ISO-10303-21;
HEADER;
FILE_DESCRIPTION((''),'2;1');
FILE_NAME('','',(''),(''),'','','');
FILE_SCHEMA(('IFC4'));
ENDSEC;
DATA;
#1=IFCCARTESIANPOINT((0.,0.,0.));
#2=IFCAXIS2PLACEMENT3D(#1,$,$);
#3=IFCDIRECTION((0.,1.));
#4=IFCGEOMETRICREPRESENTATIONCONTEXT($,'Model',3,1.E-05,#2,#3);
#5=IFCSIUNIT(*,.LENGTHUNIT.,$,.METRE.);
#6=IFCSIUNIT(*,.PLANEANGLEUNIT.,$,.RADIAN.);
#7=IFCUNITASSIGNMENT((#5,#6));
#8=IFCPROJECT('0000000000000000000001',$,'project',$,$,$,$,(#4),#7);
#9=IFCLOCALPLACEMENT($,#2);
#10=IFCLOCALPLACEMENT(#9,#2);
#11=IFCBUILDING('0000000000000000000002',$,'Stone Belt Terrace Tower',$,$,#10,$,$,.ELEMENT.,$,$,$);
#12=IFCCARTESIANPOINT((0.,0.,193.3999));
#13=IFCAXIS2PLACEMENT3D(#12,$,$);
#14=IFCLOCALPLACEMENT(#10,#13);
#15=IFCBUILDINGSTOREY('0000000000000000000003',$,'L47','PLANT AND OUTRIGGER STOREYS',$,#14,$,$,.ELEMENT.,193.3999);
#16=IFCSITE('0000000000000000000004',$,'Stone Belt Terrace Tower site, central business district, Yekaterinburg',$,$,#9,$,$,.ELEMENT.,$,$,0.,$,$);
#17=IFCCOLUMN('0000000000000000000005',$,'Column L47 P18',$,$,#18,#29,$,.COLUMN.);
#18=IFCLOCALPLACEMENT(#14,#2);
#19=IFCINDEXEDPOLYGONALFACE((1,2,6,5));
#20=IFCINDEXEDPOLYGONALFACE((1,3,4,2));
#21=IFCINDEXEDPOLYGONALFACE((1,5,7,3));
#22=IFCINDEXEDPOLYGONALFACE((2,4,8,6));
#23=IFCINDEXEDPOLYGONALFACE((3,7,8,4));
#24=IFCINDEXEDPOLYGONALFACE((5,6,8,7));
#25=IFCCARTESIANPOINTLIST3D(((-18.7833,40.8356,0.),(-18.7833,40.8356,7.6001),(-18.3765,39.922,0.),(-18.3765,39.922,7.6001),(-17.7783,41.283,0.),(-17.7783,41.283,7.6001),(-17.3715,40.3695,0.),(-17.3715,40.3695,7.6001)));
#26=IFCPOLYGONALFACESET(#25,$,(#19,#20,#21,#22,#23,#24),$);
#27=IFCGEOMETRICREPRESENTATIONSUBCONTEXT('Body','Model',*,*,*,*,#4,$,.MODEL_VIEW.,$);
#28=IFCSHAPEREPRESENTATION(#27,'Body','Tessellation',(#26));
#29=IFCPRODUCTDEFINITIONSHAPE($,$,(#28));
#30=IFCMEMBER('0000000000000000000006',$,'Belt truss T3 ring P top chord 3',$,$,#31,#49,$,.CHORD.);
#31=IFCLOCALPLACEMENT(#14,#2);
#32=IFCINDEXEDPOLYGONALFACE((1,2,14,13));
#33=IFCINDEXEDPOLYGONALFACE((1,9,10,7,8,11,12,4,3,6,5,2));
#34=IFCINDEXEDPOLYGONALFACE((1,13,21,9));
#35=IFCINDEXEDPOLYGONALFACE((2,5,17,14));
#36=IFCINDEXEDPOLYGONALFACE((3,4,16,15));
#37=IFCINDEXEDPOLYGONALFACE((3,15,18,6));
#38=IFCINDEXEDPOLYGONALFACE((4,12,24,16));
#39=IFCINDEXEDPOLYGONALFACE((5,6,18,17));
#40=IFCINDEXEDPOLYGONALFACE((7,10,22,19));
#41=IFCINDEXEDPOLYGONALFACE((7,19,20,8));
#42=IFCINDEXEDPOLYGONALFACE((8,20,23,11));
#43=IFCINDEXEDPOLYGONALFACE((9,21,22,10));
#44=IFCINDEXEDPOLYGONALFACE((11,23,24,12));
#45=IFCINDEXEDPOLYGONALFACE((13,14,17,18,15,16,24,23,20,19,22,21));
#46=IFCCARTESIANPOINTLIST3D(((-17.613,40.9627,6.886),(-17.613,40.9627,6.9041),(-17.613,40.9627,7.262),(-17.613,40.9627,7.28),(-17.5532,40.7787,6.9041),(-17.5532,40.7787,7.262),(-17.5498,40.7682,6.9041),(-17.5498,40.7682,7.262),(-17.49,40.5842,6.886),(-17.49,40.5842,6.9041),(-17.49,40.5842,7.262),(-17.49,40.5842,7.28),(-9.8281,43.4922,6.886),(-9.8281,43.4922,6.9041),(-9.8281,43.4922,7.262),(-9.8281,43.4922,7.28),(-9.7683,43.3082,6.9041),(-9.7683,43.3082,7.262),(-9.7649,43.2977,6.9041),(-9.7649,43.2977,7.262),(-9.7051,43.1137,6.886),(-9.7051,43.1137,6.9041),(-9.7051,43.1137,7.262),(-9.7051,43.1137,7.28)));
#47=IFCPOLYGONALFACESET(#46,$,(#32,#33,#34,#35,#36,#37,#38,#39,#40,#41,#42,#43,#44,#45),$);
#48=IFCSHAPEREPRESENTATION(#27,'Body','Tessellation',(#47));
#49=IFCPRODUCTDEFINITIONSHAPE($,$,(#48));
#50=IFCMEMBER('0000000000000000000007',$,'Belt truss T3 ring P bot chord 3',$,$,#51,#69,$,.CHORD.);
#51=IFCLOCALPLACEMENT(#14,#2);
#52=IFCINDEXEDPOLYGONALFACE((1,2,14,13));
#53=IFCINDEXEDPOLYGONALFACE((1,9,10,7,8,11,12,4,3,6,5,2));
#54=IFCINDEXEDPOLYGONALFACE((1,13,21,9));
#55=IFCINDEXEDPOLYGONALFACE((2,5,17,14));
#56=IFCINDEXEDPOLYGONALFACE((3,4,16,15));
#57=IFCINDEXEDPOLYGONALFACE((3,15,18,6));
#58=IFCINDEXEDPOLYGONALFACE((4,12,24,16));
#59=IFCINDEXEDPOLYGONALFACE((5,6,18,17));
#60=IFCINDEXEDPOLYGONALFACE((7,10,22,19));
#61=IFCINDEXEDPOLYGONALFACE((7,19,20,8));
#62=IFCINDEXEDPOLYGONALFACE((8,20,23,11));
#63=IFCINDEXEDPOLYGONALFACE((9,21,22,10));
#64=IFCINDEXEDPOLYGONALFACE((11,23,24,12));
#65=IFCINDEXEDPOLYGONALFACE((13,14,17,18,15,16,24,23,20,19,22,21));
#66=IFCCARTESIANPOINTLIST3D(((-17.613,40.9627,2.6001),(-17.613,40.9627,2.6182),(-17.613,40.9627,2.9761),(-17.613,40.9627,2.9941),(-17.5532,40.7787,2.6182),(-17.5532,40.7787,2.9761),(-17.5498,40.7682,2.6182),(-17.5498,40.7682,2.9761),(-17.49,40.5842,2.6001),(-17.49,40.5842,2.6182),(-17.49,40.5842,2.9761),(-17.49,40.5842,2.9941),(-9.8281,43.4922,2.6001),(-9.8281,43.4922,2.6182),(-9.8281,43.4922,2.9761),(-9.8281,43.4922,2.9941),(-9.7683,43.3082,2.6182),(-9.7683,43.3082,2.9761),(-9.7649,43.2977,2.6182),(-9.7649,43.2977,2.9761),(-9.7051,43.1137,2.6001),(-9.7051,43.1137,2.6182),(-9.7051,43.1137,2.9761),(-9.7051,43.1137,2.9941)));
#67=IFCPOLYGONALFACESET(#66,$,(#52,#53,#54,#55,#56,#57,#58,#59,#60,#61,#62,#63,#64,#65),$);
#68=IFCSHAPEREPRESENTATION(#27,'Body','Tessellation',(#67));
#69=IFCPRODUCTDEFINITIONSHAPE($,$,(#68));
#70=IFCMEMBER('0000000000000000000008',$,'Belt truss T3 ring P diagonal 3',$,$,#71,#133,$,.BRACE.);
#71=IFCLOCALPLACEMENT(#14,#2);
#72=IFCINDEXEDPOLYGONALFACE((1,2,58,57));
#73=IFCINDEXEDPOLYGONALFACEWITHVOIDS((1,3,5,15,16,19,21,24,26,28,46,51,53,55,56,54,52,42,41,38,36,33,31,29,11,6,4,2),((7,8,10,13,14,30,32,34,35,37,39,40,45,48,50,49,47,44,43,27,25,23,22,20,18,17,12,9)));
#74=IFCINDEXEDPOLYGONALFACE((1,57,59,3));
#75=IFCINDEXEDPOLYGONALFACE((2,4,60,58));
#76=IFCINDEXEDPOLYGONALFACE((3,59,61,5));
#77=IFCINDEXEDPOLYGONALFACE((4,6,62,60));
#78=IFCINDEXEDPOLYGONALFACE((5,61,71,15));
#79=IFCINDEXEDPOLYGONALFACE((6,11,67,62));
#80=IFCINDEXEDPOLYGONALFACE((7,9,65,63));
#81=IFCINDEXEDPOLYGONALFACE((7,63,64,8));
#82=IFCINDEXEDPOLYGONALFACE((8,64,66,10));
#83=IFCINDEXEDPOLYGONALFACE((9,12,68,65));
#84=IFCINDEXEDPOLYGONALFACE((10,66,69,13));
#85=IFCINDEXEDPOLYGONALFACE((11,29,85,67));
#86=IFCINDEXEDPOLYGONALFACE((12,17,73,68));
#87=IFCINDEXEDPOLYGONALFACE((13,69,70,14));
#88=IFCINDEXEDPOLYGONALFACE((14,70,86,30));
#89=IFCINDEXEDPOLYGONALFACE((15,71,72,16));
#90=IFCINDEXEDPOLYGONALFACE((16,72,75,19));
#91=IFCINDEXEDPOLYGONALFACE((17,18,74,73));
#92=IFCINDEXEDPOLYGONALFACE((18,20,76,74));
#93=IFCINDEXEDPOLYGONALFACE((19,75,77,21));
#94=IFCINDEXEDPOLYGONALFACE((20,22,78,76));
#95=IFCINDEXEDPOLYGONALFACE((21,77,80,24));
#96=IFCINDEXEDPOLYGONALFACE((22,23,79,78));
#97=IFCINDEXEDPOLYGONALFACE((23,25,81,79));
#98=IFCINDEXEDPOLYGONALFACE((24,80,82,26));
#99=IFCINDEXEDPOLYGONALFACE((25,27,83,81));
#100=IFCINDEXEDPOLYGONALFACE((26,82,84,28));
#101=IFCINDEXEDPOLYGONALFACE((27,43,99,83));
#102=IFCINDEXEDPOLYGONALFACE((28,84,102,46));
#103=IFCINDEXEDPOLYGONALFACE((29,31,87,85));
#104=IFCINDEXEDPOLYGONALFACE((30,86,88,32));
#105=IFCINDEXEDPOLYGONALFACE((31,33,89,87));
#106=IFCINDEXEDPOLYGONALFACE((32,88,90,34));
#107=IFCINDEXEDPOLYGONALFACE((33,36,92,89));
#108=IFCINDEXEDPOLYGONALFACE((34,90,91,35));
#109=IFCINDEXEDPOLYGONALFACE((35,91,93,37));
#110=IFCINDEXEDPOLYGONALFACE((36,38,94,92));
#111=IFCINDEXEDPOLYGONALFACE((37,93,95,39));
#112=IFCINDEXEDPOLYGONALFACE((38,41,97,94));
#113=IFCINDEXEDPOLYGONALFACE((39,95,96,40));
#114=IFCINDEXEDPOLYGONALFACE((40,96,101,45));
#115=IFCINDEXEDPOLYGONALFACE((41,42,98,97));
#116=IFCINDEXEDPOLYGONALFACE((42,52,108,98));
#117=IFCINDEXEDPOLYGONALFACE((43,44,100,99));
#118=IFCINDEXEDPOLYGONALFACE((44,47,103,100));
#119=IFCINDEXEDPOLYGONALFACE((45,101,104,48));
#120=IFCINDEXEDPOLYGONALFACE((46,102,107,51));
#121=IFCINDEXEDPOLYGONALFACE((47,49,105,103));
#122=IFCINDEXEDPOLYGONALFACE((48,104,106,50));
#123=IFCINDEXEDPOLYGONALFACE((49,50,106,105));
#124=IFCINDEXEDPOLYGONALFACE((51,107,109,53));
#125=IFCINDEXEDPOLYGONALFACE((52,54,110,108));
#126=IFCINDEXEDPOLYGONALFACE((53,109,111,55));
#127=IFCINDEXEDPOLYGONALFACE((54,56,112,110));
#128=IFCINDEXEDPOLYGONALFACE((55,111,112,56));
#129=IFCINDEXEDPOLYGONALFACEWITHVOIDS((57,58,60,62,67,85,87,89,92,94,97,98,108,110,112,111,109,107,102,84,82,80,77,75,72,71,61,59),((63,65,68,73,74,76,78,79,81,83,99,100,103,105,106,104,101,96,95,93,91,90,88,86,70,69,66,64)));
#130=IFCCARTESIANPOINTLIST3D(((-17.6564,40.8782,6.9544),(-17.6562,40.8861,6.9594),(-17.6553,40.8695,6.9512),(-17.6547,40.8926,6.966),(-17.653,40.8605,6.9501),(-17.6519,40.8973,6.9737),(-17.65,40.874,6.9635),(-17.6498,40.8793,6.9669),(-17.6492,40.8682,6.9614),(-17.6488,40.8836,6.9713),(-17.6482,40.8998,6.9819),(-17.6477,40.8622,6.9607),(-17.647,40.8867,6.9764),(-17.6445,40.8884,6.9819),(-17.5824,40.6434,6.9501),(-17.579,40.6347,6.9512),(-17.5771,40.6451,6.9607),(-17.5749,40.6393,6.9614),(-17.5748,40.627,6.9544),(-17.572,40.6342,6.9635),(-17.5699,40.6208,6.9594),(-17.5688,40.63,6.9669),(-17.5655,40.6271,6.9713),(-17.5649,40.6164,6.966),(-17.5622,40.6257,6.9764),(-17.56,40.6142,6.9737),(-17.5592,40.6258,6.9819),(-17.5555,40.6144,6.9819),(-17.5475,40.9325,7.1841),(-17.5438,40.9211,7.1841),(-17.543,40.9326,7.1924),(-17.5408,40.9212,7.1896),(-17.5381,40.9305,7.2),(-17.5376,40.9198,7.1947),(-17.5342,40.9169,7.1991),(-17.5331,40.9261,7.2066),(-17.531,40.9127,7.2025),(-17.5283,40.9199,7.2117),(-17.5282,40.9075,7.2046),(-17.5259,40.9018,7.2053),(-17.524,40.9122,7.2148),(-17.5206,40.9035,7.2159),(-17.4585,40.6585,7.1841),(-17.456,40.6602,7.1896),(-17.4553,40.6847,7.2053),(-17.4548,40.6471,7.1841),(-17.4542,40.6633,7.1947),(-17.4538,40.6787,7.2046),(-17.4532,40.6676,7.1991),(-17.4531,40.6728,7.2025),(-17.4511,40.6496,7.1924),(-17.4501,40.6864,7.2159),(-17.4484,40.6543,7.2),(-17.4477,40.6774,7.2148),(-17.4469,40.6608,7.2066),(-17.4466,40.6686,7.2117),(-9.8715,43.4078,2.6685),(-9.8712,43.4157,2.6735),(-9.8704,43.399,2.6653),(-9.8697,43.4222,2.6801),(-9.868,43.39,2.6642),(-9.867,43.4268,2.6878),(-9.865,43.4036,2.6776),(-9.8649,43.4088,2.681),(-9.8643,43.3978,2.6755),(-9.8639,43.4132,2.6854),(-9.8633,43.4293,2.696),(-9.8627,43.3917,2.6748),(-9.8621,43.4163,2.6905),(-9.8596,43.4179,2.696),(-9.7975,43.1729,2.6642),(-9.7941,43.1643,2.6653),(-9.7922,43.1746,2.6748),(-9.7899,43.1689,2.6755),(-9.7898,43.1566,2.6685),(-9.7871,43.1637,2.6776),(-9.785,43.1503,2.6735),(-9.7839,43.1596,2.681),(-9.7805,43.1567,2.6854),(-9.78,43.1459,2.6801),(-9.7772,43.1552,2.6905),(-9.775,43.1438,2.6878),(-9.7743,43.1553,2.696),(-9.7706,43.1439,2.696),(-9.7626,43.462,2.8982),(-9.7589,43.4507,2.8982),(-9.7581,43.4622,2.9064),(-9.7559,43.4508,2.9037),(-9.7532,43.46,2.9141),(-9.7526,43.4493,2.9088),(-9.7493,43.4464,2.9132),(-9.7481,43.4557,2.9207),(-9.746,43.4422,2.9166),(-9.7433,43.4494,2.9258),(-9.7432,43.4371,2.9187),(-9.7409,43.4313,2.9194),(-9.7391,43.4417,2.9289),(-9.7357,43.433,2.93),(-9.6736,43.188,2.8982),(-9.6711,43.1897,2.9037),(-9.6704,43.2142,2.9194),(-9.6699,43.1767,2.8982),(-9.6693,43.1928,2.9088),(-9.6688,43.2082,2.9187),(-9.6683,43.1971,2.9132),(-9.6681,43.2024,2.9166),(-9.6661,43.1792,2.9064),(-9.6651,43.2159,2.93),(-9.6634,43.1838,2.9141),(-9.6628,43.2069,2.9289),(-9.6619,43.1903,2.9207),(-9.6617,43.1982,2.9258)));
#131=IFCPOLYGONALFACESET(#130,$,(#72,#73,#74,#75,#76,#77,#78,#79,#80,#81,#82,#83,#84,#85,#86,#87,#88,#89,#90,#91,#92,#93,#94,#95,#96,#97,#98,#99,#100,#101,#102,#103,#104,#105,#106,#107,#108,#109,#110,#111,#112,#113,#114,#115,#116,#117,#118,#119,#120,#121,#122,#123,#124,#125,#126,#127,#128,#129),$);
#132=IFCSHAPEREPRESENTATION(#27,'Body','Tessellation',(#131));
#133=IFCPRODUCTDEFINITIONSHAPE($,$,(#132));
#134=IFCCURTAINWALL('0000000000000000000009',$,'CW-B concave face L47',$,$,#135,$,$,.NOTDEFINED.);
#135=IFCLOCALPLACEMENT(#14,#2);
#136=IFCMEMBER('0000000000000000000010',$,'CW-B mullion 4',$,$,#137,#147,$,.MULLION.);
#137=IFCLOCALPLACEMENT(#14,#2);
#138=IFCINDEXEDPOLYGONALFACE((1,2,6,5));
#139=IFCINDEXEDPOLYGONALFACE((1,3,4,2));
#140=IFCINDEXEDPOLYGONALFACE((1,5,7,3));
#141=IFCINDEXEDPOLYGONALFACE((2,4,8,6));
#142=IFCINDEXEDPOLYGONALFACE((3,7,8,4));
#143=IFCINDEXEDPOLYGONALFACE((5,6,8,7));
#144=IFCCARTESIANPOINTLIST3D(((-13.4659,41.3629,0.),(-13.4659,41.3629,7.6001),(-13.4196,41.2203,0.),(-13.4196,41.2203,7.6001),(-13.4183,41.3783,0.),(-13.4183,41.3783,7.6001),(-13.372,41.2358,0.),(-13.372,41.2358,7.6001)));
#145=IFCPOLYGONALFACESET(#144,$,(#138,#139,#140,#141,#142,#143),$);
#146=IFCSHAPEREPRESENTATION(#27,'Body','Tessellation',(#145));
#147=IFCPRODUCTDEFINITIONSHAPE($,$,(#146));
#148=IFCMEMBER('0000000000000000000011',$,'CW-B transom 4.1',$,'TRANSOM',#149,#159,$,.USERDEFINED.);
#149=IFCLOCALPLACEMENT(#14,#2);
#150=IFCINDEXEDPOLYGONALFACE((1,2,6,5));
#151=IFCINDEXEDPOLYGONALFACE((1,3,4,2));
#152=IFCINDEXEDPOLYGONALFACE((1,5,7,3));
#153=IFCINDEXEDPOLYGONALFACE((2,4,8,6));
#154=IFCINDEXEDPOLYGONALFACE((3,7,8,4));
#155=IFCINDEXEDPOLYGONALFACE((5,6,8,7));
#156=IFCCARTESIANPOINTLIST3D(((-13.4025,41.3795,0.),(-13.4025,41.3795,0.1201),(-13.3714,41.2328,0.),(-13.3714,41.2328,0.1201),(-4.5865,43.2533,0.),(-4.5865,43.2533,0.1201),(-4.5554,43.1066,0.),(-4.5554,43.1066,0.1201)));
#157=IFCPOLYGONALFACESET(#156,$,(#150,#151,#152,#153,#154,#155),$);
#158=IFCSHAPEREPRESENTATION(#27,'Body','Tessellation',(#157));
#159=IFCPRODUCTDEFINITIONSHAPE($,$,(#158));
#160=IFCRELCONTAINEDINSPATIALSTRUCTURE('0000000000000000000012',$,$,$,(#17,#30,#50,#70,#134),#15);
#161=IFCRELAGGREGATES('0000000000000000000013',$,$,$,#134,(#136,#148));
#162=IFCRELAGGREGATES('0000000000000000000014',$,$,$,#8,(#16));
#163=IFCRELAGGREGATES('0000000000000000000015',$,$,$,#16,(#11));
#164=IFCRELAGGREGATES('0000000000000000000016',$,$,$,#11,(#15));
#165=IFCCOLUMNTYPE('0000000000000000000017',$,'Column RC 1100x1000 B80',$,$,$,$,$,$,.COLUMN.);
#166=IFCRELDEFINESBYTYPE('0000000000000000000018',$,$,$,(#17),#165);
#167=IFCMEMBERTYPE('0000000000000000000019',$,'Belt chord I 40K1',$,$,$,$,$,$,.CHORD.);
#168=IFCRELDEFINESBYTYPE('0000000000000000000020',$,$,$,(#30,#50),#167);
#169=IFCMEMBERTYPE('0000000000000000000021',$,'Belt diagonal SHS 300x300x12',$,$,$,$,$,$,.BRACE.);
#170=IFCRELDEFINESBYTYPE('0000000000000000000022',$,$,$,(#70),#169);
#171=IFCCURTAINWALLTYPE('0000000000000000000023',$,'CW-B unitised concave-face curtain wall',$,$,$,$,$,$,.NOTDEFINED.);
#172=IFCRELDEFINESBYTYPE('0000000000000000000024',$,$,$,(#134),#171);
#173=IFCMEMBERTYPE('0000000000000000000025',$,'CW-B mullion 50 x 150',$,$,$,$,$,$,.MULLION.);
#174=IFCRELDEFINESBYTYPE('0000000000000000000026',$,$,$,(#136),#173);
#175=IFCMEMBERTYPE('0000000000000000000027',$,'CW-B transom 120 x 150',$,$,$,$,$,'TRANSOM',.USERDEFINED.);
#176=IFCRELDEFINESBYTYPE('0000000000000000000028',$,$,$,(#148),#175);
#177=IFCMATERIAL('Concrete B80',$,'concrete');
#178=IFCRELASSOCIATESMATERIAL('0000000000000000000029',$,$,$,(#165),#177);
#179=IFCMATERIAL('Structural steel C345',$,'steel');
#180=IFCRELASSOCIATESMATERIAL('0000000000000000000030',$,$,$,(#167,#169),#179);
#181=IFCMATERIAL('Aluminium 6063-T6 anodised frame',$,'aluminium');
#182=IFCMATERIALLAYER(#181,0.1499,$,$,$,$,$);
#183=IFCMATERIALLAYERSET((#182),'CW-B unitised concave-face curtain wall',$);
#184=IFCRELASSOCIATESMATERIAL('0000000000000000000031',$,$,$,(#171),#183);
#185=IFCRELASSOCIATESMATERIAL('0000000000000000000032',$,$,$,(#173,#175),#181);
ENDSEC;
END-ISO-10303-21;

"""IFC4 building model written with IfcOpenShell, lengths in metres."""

from ifc_helpers import new_model, si_unit, direction, frame, origin, origin_2d, place, context, subcontext, project, spatial, rectangle, hollow_rectangle, i_section, extrude, material, layer, layer_set, material_profile, profile_set, type_object, element, aggregate, save


model = new_model("IFC4")

# Units and contexts
model_context = context("Model", 3, precision=1e-05, world=origin(), true_north=direction((0.0, 1.0)))
body_context = subcontext(model_context, "Body", "Model", "MODEL_VIEW")
ifc_project = project(units=[si_unit("LENGTHUNIT", "METRE"), si_unit("PLANEANGLEUNIT", "RADIAN")], contexts=[model_context])

# Site, building, storey
site_placement = place(None, origin())
site = spatial("IfcSite", under=ifc_project, at=site_placement, Name="Stone Belt Terrace Tower site, central business district, Yekaterinburg", CompositionType="ELEMENT", RefElevation=0.0)
building_placement = place(site_placement, origin())
building = spatial("IfcBuilding", under=site, at=building_placement, Name="Stone Belt Terrace Tower", CompositionType="ELEMENT")
storey_placement = place(building_placement, frame((0.0, 0.0, 193.3999)))
storey = spatial("IfcBuildingStorey", under=building, at=storey_placement, Name="L47", Description="PLANT AND OUTRIGGER STOREYS", CompositionType="ELEMENT", Elevation=193.3999)

# Column
ifc_material_1 = material(Name="Concrete B80", Category="concrete")
ifc_material_profile_1 = material_profile(ifc_material_1, rectangle(XDim=1.1001, YDim=1.0, at=origin_2d()), Name="RC 1100x1000")
ifc_profile_set_1 = profile_set([ifc_material_profile_1], Name="Concrete B80")
column_type = type_object("IfcColumnType", Name="Column RC 1100x1000 B80", PredefinedType="COLUMN", material=ifc_profile_set_1)
column_placement = place(storey_placement, frame((-18.0774, 40.6025, 0.0), z_axis=(0.0, 0.0, 1.0), x_axis=(0.913545, 0.406737, 0.0)))
element("IfcColumn", 1, at=column_placement, inside=storey, type_object=column_type, Name="Column L47 P18", PredefinedType="COLUMN", context=body_context, shape_type="SweptSolid", body=[
    extrude(rectangle(XDim=1.1001, YDim=1.0, at=origin_2d()), origin(), (0.0, 0.0, 1.0), 7.6001),
])

# Members
ifc_material_2 = material(Name="Structural steel C345", Category="steel")
ifc_material_profile_2 = material_profile(ifc_material_2, i_section(OverallWidth=0.3979, OverallDepth=0.394, WebThickness=0.011, FlangeThickness=0.0181, at=origin_2d()), Name="I 40K1")
ifc_profile_set_2 = profile_set([ifc_material_profile_2], Name="Structural steel C345")
member_type_1 = type_object("IfcMemberType", Name="Belt chord I 40K1", PredefinedType="CHORD", material=ifc_profile_set_2)
for number, where, z_axis, x_axis, name in (
    (2, (-17.5515, 40.7734, 7.083), (0.951054, 0.309025, 0.0), (-0.309025, 0.951054, 0.0), "Belt truss T3 ring P top chord 3"),
    (3, (-17.5515, 40.7734, 2.7971), (0.951054, 0.309025, 0.0), (-0.309025, 0.951054, 0.0), "Belt truss T3 ring P bot chord 3"),
):
    element("IfcMember", number, at=place(storey_placement, frame(where, z_axis=z_axis, x_axis=x_axis)), inside=storey, type_object=member_type_1, Name=name, PredefinedType="CHORD", context=body_context, shape_type="SweptSolid", body=[
        extrude(i_section(OverallWidth=0.3979, OverallDepth=0.394, WebThickness=0.011, FlangeThickness=0.0181, at=origin_2d()), origin(), (0.0, 0.0, 1.0), 8.1855),
    ])
ifc_material_profile_3 = material_profile(ifc_material_2, hollow_rectangle(XDim=0.3, YDim=0.3, WallThickness=0.012, InnerFilletRadius=0.0239, OuterFilletRadius=0.0359, at=origin_2d()), Name="SHS 300x300x12")
ifc_profile_set_3 = profile_set([ifc_material_profile_3], Name="Structural steel C345")
member_type_2 = type_object("IfcMemberType", Name="Belt diagonal SHS 300x300x12", PredefinedType="BRACE", material=ifc_profile_set_3)
member_1_placement = place(storey_placement, frame((-17.5515, 40.7734, 7.083), z_axis=(0.842549, 0.273768, -0.463855), x_axis=(-0.309025, 0.951054, 0.0)))
element("IfcMember", 4, at=member_1_placement, inside=storey, type_object=member_type_2, Name="Belt truss T3 ring P diagonal 3", PredefinedType="BRACE", context=body_context, shape_type="SweptSolid", body=[
    extrude(hollow_rectangle(XDim=0.3, YDim=0.3, WallThickness=0.012, InnerFilletRadius=0.0239, OuterFilletRadius=0.0359, at=origin_2d()), origin(), (0.0, 0.0, 1.0), 9.2397),
])

# Curtain wall, members
ifc_material_3 = material(Name="Aluminium 6063-T6 anodised frame", Category="aluminium")
ifc_layer_1 = layer(ifc_material_3, 0.1499)
ifc_layer_set_1 = layer_set([ifc_layer_1], Name="CW-B unitised concave-face curtain wall")
curtain_wall_type = type_object("IfcCurtainWallType", Name="CW-B unitised concave-face curtain wall", PredefinedType="NOTDEFINED", material=ifc_layer_set_1)
curtain_wall_placement = place(storey_placement, origin())
curtain_wall = element("IfcCurtainWall", 5, at=curtain_wall_placement, inside=storey, type_object=curtain_wall_type, Name="CW-B concave face L47", PredefinedType="NOTDEFINED")
ifc_material_profile_4 = material_profile(ifc_material_3, rectangle(XDim=0.1499, YDim=0.05, at=origin_2d()), Name="Aluminium 6063-T6 50x150")
ifc_profile_set_4 = profile_set([ifc_material_profile_4], Name="Aluminium 6063-T6 anodised frame")
member_type_3 = type_object("IfcMemberType", Name="CW-B mullion 50 x 150", PredefinedType="MULLION", material=ifc_profile_set_4)
member_2_placement = place(storey_placement, frame((-13.4189, 41.2993, 0.0), z_axis=(0.0, 0.0, 1.0), x_axis=(-0.309017, 0.951057, 0.0)))
member_2 = element("IfcMember", 6, at=member_2_placement, type_object=member_type_3, Name="CW-B mullion 4", PredefinedType="MULLION", context=body_context, shape_type="SweptSolid", body=[
    extrude(rectangle(XDim=0.1499, YDim=0.05, at=origin_2d()), origin(), (0.0, 0.0, 1.0), 7.6001),
])
ifc_material_profile_5 = material_profile(ifc_material_3, rectangle(XDim=0.1499, YDim=0.1201, at=origin_2d()), Name="Aluminium 6063-T6 150x120")
ifc_profile_set_5 = profile_set([ifc_material_profile_5], Name="Aluminium 6063-T6 anodised frame")
member_type_4 = type_object("IfcMemberType", Name="CW-B transom 120 x 150", ElementType="TRANSOM", PredefinedType="USERDEFINED", material=ifc_profile_set_5)
member_3_placement = place(storey_placement, frame((-13.387, 41.3062, 0.0601), z_axis=(0.97815, 0.207901, 0.0), x_axis=(-0.207901, 0.97815, 0.0)))
member_3 = element("IfcMember", 7, at=member_3_placement, type_object=member_type_4, Name="CW-B transom 4.1", ObjectType="TRANSOM", PredefinedType="USERDEFINED", context=body_context, shape_type="SweptSolid", body=[
    extrude(rectangle(XDim=0.1499, YDim=0.1201, at=origin_2d()), origin(), (0.0, 0.0, 1.0), 9.0129),
])
aggregate(curtain_wall, [member_2, member_3])

save(model, "model.ifc")
